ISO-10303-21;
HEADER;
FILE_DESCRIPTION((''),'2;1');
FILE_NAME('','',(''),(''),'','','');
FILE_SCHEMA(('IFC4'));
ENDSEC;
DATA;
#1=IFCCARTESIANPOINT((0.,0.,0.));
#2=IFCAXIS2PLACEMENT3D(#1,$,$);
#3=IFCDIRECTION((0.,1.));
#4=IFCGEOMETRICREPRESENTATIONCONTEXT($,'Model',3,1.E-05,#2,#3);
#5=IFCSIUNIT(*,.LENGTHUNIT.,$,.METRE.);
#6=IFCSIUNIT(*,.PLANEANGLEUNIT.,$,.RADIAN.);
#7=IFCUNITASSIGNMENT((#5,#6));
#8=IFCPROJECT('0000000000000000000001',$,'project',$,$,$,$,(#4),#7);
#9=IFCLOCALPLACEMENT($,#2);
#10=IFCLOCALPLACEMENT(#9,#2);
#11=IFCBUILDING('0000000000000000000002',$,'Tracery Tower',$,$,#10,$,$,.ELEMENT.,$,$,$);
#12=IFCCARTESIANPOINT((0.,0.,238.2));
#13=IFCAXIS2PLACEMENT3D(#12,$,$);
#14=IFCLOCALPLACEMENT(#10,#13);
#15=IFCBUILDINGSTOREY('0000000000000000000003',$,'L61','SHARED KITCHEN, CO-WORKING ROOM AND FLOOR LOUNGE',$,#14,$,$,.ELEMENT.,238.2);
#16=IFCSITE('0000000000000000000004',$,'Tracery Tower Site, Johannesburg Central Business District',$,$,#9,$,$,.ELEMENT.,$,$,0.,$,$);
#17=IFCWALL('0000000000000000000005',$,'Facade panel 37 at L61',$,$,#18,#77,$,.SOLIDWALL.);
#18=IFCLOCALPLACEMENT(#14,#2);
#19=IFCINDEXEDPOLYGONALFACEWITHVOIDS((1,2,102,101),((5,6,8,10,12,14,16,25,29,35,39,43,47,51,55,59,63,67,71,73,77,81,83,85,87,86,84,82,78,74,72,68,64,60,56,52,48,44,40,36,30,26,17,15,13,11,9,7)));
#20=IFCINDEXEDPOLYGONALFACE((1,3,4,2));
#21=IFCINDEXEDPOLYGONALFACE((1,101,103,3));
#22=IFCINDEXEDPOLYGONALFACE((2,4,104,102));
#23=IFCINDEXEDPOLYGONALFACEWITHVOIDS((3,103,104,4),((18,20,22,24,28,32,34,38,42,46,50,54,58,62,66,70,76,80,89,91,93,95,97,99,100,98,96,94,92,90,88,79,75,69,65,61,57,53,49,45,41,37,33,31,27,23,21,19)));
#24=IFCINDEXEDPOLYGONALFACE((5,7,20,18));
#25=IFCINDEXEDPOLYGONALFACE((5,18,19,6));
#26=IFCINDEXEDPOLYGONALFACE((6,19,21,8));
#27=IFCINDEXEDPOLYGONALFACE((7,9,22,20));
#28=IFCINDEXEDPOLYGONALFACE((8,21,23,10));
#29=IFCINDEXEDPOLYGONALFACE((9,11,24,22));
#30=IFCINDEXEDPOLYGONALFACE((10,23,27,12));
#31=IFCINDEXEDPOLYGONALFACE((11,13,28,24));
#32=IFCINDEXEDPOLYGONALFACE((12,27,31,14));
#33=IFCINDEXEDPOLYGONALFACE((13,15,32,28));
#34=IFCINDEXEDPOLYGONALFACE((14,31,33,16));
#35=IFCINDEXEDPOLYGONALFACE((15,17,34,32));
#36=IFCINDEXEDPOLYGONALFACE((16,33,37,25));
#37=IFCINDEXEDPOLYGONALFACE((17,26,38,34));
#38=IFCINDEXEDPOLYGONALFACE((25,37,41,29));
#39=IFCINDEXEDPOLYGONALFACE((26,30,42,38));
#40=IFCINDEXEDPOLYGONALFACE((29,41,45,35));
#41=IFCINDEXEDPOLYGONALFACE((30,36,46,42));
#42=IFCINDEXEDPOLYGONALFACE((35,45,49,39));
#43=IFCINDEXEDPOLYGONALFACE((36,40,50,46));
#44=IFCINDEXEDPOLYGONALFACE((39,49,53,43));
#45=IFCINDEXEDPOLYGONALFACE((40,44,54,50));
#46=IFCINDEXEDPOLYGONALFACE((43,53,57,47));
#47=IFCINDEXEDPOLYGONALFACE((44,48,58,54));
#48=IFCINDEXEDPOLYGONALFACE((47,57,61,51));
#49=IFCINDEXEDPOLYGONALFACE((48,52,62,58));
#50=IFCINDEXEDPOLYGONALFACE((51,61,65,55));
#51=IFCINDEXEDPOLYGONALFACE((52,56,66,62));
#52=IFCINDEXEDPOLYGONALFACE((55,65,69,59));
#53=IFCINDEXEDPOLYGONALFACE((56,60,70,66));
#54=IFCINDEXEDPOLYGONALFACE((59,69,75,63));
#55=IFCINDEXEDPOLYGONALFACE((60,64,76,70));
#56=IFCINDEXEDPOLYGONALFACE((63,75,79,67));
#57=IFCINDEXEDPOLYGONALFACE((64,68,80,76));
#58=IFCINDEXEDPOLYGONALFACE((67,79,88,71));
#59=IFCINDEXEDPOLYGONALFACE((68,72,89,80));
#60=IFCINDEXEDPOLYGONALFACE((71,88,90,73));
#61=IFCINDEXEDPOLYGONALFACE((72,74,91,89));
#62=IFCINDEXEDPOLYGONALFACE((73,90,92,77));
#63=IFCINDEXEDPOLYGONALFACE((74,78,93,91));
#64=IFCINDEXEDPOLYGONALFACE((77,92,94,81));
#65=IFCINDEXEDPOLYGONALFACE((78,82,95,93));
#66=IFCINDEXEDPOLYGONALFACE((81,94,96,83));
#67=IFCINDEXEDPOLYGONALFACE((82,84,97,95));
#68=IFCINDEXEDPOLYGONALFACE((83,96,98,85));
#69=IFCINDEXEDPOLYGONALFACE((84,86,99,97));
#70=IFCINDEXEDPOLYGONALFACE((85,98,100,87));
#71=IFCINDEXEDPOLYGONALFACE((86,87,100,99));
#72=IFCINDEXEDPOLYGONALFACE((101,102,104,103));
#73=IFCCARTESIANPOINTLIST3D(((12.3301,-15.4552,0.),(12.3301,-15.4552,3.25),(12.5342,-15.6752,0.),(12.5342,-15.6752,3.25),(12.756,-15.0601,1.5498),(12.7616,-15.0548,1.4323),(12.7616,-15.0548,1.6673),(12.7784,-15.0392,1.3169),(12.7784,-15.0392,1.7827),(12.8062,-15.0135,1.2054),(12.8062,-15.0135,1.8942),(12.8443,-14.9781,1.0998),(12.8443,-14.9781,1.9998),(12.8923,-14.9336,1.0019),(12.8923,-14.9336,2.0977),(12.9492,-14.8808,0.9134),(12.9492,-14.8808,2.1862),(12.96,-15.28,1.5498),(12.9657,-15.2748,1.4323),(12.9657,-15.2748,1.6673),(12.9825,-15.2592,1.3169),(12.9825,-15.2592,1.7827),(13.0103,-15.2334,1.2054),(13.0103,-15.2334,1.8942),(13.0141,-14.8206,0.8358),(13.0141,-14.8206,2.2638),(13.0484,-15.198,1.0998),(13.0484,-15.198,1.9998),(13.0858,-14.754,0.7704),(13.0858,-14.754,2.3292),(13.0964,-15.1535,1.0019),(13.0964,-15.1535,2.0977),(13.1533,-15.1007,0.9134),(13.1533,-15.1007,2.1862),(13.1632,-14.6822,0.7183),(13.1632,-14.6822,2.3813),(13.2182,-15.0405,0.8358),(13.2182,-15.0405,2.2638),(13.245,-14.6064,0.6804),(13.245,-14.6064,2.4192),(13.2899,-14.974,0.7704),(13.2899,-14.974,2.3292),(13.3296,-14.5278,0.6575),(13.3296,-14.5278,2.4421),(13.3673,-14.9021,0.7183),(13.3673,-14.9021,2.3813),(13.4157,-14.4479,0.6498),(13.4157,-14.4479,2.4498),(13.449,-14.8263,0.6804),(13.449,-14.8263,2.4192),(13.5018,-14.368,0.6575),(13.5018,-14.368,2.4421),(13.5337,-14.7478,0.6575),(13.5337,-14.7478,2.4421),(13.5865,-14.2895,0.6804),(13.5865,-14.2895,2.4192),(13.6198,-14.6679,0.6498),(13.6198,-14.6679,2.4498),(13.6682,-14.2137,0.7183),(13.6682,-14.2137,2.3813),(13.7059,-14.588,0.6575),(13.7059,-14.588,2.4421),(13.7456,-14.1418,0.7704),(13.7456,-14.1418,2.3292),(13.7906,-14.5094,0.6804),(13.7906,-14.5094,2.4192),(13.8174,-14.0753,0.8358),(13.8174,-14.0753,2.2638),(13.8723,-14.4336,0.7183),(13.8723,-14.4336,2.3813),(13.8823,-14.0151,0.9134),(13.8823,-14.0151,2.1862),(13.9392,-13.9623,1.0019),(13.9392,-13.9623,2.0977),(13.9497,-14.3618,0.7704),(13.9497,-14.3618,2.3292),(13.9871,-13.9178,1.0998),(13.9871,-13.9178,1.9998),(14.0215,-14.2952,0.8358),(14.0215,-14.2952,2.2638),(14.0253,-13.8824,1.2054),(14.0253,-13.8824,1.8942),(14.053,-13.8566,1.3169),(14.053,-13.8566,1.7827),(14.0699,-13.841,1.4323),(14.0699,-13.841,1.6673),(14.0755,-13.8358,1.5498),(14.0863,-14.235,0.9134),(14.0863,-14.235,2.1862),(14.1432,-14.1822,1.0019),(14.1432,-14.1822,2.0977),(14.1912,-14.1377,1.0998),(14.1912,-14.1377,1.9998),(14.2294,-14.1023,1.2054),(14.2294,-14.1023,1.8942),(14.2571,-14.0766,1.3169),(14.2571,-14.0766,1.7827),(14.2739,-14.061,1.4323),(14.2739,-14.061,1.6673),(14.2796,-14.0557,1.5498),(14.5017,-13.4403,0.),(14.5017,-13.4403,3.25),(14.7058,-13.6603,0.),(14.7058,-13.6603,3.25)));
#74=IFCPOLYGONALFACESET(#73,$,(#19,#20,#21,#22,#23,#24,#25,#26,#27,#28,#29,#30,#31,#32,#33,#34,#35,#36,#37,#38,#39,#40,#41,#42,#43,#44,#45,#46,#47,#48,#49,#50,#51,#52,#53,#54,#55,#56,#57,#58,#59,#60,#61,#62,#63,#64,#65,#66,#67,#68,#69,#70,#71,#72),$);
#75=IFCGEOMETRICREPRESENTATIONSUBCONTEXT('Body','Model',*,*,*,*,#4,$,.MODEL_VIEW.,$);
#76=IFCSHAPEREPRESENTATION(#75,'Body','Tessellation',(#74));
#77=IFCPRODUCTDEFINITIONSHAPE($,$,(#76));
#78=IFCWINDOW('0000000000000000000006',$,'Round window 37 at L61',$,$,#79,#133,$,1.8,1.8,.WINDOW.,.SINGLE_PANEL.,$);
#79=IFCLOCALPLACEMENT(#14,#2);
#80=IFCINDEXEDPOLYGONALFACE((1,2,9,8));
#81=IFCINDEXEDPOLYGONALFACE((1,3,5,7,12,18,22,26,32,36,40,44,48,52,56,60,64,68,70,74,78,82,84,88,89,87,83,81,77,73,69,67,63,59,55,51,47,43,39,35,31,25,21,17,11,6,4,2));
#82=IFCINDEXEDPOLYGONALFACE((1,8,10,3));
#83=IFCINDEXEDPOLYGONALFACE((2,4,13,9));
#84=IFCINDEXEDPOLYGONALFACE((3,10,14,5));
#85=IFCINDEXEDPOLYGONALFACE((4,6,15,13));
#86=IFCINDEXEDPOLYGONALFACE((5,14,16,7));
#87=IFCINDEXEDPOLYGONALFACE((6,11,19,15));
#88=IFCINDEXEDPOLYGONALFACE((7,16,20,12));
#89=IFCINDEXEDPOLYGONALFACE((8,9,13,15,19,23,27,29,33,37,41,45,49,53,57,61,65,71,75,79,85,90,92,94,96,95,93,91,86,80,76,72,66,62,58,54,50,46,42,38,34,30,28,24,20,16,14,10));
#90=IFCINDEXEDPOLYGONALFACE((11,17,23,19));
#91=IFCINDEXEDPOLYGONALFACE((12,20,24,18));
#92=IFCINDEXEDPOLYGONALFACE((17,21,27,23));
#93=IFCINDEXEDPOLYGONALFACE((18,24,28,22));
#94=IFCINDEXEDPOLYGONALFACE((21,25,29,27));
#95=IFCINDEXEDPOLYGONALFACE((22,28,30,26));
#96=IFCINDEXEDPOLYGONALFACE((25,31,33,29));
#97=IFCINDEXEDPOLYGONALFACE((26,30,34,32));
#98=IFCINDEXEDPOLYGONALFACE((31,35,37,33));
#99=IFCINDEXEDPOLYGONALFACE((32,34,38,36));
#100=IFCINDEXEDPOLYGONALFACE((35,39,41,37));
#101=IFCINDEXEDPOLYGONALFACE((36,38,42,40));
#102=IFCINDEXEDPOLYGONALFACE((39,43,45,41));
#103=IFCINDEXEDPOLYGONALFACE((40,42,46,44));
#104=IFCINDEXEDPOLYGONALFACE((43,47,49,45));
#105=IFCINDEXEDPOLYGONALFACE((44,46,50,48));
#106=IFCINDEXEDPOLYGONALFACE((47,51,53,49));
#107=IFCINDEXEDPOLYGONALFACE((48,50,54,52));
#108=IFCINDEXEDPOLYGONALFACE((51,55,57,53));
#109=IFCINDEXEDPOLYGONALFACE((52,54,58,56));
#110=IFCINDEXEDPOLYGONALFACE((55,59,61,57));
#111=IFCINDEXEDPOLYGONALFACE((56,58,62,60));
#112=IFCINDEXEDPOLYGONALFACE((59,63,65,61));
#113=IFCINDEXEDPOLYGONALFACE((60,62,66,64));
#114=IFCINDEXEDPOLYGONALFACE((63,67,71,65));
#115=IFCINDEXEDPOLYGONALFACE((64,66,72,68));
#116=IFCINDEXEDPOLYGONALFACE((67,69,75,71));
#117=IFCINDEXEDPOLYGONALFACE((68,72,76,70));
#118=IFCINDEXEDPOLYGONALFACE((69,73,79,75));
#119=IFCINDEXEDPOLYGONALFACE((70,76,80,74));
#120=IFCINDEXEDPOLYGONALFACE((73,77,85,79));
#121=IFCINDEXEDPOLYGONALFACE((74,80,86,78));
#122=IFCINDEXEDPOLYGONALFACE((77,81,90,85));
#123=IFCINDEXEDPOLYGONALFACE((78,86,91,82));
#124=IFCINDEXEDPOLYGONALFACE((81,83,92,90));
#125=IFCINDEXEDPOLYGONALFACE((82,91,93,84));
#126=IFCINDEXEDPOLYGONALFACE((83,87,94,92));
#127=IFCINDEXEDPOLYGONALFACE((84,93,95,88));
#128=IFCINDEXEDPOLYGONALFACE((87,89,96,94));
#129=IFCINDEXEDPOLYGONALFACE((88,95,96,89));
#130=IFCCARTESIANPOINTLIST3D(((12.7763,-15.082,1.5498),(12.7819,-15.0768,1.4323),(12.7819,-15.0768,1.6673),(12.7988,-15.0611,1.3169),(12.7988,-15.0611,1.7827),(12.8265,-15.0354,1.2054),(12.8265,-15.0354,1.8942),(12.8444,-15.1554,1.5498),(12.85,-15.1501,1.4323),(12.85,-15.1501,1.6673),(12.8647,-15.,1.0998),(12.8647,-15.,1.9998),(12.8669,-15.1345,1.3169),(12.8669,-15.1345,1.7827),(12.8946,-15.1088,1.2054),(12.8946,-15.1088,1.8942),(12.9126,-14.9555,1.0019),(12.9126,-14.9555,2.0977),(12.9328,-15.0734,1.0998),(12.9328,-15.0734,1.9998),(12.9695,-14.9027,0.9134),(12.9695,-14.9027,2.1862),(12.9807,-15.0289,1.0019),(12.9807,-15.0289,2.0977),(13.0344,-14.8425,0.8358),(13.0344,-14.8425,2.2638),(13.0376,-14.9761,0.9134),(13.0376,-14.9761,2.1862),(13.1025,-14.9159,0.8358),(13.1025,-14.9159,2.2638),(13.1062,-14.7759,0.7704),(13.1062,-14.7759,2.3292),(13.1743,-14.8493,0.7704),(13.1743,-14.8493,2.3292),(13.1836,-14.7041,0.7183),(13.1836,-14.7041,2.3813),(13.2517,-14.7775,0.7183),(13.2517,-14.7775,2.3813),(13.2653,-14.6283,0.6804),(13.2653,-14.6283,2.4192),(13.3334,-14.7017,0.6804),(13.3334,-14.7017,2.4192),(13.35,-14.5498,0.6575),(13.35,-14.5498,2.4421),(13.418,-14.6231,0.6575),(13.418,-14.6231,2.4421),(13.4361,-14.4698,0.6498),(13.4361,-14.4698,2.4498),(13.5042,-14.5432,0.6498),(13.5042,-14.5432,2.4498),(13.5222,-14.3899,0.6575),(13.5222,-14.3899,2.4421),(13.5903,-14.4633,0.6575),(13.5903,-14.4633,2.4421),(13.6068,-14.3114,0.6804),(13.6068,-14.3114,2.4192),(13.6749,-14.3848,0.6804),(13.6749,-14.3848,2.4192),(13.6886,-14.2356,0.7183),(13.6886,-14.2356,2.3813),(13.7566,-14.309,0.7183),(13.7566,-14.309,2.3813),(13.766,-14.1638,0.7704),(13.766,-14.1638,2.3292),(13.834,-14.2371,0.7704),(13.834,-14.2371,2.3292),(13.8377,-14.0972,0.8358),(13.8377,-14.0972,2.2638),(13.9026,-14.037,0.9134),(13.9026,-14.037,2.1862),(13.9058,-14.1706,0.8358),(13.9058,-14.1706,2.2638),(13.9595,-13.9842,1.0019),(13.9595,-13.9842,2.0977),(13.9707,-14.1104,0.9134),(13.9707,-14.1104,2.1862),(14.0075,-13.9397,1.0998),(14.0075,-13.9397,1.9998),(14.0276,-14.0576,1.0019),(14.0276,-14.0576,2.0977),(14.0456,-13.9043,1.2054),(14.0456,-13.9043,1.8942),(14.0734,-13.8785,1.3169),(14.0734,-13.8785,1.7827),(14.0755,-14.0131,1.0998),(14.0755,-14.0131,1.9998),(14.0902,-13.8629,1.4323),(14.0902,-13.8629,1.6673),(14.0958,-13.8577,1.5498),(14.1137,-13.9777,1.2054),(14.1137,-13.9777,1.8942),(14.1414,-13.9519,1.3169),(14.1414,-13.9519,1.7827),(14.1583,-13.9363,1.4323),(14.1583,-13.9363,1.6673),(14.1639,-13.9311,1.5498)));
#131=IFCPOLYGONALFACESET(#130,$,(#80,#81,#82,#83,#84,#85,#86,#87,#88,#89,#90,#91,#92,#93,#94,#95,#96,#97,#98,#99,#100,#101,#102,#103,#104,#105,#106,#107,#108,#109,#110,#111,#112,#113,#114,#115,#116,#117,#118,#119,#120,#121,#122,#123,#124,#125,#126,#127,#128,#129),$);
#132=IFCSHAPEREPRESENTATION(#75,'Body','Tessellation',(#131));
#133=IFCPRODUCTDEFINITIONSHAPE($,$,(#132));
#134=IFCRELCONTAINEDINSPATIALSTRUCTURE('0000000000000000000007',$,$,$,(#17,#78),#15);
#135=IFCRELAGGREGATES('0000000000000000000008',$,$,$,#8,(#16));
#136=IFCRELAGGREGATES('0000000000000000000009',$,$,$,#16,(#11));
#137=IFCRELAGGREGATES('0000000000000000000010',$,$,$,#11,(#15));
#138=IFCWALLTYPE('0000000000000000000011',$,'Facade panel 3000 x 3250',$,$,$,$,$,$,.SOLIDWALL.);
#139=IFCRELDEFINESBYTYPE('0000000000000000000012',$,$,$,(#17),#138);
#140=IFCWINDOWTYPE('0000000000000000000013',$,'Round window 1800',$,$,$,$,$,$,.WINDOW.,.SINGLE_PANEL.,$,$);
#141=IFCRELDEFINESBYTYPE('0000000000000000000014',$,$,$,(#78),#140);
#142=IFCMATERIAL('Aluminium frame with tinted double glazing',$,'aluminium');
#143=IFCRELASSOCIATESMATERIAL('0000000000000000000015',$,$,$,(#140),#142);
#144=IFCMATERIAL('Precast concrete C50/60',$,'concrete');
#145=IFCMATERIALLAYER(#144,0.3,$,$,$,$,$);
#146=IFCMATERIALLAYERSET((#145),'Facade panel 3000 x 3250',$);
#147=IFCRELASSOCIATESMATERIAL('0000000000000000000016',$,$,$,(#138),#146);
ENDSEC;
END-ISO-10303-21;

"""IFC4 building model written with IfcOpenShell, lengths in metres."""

from ifc_helpers import new_model, si_unit, direction, frame, frame_2d, origin, origin_2d, place, context, subcontext, project, spatial, rectangle, circle, extrude, material, layer, layer_set, type_object, element, fill, save


model = new_model("IFC4")

# Units and contexts
model_context = context("Model", 3, precision=1e-05, world=origin(), true_north=direction((0.0, 1.0)))
body_context = subcontext(model_context, "Body", "Model", "MODEL_VIEW")
ifc_project = project(units=[si_unit("LENGTHUNIT", "METRE"), si_unit("PLANEANGLEUNIT", "RADIAN")], contexts=[model_context])

# Site, building, storey
site_placement = place(None, origin())
site = spatial("IfcSite", under=ifc_project, at=site_placement, Name="Tracery Tower Site, Johannesburg Central Business District", CompositionType="ELEMENT", RefElevation=0.0)
building_placement = place(site_placement, origin())
building = spatial("IfcBuilding", under=site, at=building_placement, Name="Tracery Tower", CompositionType="ELEMENT")
storey_placement = place(building_placement, frame((0.0, 0.0, 238.2)))
storey = spatial("IfcBuildingStorey", under=building, at=storey_placement, Name="L61", Description="SHARED KITCHEN, CO-WORKING ROOM AND FLOOR LOUNGE", CompositionType="ELEMENT", Elevation=238.2)

# Wall, opening, window
ifc_material_1 = material(Name="Aluminium frame with tinted double glazing", Category="aluminium")
window_type = type_object("IfcWindowType", Name="Round window 1800", PartitioningType="SINGLE_PANEL", PredefinedType="WINDOW", material=ifc_material_1)
ifc_material_2 = material(Name="Precast concrete C50/60", Category="concrete")
ifc_layer_1 = layer(ifc_material_2, 0.3)
ifc_layer_set_1 = layer_set([ifc_layer_1], Name="Facade panel 3000 x 3250")
wall_type_1 = type_object("IfcWallType", Name="Facade panel 3000 x 3250", PredefinedType="SOLIDWALL", material=ifc_layer_set_1)
wall_1_placement = place(storey_placement, frame((12.4321, -15.5652, 0.0), z_axis=(0.0, 0.0, 1.0), x_axis=(0.733066, 0.680157, 0.0)))
wall_1 = element("IfcWall", 1, at=wall_1_placement, inside=storey, type_object=wall_type_1, Name="Facade panel 37 at L61", PredefinedType="SOLIDWALL", context=body_context, shape_type="SweptSolid", body=[
    extrude(rectangle(XDim=2.9624, YDim=0.3, at=frame_2d((1.4812, 0.0))), origin(), (0.0, 0.0, 1.0), 3.25),
])
opening_1_placement = place(wall_1_placement, frame((1.481, 0.0, 1.5498)))
opening_1 = element("IfcOpeningElement", 2, at=opening_1_placement, cuts=wall_1, PredefinedType="OPENING", context=body_context, shape_type="SweptSolid", body=[
    extrude(circle(Radius=0.9, at=origin_2d()), frame((0.0, 0.1599, 0.0), z_axis=(0.0, -1.0, 0.0), x_axis=(1.0, 0.0, 0.0)), (0.0, 0.0, 1.0), 0.3201),
])
window_1_placement = place(opening_1_placement, origin())
window_1 = element("IfcWindow", 3, at=window_1_placement, inside=storey, type_object=window_type, Name="Round window 37 at L61", OverallHeight=1.8, OverallWidth=1.8, PartitioningType="SINGLE_PANEL", PredefinedType="WINDOW", context=body_context, shape_type="SweptSolid", body=[
    extrude(circle(Radius=0.9, at=origin_2d()), frame((0.0, 0.1201, 0.0), z_axis=(0.0, -1.0, 0.0), x_axis=(1.0, 0.0, 0.0)), (0.0, 0.0, 1.0), 0.1001),
])
fill(opening_1, window_1)

save(model, "model.ifc")
